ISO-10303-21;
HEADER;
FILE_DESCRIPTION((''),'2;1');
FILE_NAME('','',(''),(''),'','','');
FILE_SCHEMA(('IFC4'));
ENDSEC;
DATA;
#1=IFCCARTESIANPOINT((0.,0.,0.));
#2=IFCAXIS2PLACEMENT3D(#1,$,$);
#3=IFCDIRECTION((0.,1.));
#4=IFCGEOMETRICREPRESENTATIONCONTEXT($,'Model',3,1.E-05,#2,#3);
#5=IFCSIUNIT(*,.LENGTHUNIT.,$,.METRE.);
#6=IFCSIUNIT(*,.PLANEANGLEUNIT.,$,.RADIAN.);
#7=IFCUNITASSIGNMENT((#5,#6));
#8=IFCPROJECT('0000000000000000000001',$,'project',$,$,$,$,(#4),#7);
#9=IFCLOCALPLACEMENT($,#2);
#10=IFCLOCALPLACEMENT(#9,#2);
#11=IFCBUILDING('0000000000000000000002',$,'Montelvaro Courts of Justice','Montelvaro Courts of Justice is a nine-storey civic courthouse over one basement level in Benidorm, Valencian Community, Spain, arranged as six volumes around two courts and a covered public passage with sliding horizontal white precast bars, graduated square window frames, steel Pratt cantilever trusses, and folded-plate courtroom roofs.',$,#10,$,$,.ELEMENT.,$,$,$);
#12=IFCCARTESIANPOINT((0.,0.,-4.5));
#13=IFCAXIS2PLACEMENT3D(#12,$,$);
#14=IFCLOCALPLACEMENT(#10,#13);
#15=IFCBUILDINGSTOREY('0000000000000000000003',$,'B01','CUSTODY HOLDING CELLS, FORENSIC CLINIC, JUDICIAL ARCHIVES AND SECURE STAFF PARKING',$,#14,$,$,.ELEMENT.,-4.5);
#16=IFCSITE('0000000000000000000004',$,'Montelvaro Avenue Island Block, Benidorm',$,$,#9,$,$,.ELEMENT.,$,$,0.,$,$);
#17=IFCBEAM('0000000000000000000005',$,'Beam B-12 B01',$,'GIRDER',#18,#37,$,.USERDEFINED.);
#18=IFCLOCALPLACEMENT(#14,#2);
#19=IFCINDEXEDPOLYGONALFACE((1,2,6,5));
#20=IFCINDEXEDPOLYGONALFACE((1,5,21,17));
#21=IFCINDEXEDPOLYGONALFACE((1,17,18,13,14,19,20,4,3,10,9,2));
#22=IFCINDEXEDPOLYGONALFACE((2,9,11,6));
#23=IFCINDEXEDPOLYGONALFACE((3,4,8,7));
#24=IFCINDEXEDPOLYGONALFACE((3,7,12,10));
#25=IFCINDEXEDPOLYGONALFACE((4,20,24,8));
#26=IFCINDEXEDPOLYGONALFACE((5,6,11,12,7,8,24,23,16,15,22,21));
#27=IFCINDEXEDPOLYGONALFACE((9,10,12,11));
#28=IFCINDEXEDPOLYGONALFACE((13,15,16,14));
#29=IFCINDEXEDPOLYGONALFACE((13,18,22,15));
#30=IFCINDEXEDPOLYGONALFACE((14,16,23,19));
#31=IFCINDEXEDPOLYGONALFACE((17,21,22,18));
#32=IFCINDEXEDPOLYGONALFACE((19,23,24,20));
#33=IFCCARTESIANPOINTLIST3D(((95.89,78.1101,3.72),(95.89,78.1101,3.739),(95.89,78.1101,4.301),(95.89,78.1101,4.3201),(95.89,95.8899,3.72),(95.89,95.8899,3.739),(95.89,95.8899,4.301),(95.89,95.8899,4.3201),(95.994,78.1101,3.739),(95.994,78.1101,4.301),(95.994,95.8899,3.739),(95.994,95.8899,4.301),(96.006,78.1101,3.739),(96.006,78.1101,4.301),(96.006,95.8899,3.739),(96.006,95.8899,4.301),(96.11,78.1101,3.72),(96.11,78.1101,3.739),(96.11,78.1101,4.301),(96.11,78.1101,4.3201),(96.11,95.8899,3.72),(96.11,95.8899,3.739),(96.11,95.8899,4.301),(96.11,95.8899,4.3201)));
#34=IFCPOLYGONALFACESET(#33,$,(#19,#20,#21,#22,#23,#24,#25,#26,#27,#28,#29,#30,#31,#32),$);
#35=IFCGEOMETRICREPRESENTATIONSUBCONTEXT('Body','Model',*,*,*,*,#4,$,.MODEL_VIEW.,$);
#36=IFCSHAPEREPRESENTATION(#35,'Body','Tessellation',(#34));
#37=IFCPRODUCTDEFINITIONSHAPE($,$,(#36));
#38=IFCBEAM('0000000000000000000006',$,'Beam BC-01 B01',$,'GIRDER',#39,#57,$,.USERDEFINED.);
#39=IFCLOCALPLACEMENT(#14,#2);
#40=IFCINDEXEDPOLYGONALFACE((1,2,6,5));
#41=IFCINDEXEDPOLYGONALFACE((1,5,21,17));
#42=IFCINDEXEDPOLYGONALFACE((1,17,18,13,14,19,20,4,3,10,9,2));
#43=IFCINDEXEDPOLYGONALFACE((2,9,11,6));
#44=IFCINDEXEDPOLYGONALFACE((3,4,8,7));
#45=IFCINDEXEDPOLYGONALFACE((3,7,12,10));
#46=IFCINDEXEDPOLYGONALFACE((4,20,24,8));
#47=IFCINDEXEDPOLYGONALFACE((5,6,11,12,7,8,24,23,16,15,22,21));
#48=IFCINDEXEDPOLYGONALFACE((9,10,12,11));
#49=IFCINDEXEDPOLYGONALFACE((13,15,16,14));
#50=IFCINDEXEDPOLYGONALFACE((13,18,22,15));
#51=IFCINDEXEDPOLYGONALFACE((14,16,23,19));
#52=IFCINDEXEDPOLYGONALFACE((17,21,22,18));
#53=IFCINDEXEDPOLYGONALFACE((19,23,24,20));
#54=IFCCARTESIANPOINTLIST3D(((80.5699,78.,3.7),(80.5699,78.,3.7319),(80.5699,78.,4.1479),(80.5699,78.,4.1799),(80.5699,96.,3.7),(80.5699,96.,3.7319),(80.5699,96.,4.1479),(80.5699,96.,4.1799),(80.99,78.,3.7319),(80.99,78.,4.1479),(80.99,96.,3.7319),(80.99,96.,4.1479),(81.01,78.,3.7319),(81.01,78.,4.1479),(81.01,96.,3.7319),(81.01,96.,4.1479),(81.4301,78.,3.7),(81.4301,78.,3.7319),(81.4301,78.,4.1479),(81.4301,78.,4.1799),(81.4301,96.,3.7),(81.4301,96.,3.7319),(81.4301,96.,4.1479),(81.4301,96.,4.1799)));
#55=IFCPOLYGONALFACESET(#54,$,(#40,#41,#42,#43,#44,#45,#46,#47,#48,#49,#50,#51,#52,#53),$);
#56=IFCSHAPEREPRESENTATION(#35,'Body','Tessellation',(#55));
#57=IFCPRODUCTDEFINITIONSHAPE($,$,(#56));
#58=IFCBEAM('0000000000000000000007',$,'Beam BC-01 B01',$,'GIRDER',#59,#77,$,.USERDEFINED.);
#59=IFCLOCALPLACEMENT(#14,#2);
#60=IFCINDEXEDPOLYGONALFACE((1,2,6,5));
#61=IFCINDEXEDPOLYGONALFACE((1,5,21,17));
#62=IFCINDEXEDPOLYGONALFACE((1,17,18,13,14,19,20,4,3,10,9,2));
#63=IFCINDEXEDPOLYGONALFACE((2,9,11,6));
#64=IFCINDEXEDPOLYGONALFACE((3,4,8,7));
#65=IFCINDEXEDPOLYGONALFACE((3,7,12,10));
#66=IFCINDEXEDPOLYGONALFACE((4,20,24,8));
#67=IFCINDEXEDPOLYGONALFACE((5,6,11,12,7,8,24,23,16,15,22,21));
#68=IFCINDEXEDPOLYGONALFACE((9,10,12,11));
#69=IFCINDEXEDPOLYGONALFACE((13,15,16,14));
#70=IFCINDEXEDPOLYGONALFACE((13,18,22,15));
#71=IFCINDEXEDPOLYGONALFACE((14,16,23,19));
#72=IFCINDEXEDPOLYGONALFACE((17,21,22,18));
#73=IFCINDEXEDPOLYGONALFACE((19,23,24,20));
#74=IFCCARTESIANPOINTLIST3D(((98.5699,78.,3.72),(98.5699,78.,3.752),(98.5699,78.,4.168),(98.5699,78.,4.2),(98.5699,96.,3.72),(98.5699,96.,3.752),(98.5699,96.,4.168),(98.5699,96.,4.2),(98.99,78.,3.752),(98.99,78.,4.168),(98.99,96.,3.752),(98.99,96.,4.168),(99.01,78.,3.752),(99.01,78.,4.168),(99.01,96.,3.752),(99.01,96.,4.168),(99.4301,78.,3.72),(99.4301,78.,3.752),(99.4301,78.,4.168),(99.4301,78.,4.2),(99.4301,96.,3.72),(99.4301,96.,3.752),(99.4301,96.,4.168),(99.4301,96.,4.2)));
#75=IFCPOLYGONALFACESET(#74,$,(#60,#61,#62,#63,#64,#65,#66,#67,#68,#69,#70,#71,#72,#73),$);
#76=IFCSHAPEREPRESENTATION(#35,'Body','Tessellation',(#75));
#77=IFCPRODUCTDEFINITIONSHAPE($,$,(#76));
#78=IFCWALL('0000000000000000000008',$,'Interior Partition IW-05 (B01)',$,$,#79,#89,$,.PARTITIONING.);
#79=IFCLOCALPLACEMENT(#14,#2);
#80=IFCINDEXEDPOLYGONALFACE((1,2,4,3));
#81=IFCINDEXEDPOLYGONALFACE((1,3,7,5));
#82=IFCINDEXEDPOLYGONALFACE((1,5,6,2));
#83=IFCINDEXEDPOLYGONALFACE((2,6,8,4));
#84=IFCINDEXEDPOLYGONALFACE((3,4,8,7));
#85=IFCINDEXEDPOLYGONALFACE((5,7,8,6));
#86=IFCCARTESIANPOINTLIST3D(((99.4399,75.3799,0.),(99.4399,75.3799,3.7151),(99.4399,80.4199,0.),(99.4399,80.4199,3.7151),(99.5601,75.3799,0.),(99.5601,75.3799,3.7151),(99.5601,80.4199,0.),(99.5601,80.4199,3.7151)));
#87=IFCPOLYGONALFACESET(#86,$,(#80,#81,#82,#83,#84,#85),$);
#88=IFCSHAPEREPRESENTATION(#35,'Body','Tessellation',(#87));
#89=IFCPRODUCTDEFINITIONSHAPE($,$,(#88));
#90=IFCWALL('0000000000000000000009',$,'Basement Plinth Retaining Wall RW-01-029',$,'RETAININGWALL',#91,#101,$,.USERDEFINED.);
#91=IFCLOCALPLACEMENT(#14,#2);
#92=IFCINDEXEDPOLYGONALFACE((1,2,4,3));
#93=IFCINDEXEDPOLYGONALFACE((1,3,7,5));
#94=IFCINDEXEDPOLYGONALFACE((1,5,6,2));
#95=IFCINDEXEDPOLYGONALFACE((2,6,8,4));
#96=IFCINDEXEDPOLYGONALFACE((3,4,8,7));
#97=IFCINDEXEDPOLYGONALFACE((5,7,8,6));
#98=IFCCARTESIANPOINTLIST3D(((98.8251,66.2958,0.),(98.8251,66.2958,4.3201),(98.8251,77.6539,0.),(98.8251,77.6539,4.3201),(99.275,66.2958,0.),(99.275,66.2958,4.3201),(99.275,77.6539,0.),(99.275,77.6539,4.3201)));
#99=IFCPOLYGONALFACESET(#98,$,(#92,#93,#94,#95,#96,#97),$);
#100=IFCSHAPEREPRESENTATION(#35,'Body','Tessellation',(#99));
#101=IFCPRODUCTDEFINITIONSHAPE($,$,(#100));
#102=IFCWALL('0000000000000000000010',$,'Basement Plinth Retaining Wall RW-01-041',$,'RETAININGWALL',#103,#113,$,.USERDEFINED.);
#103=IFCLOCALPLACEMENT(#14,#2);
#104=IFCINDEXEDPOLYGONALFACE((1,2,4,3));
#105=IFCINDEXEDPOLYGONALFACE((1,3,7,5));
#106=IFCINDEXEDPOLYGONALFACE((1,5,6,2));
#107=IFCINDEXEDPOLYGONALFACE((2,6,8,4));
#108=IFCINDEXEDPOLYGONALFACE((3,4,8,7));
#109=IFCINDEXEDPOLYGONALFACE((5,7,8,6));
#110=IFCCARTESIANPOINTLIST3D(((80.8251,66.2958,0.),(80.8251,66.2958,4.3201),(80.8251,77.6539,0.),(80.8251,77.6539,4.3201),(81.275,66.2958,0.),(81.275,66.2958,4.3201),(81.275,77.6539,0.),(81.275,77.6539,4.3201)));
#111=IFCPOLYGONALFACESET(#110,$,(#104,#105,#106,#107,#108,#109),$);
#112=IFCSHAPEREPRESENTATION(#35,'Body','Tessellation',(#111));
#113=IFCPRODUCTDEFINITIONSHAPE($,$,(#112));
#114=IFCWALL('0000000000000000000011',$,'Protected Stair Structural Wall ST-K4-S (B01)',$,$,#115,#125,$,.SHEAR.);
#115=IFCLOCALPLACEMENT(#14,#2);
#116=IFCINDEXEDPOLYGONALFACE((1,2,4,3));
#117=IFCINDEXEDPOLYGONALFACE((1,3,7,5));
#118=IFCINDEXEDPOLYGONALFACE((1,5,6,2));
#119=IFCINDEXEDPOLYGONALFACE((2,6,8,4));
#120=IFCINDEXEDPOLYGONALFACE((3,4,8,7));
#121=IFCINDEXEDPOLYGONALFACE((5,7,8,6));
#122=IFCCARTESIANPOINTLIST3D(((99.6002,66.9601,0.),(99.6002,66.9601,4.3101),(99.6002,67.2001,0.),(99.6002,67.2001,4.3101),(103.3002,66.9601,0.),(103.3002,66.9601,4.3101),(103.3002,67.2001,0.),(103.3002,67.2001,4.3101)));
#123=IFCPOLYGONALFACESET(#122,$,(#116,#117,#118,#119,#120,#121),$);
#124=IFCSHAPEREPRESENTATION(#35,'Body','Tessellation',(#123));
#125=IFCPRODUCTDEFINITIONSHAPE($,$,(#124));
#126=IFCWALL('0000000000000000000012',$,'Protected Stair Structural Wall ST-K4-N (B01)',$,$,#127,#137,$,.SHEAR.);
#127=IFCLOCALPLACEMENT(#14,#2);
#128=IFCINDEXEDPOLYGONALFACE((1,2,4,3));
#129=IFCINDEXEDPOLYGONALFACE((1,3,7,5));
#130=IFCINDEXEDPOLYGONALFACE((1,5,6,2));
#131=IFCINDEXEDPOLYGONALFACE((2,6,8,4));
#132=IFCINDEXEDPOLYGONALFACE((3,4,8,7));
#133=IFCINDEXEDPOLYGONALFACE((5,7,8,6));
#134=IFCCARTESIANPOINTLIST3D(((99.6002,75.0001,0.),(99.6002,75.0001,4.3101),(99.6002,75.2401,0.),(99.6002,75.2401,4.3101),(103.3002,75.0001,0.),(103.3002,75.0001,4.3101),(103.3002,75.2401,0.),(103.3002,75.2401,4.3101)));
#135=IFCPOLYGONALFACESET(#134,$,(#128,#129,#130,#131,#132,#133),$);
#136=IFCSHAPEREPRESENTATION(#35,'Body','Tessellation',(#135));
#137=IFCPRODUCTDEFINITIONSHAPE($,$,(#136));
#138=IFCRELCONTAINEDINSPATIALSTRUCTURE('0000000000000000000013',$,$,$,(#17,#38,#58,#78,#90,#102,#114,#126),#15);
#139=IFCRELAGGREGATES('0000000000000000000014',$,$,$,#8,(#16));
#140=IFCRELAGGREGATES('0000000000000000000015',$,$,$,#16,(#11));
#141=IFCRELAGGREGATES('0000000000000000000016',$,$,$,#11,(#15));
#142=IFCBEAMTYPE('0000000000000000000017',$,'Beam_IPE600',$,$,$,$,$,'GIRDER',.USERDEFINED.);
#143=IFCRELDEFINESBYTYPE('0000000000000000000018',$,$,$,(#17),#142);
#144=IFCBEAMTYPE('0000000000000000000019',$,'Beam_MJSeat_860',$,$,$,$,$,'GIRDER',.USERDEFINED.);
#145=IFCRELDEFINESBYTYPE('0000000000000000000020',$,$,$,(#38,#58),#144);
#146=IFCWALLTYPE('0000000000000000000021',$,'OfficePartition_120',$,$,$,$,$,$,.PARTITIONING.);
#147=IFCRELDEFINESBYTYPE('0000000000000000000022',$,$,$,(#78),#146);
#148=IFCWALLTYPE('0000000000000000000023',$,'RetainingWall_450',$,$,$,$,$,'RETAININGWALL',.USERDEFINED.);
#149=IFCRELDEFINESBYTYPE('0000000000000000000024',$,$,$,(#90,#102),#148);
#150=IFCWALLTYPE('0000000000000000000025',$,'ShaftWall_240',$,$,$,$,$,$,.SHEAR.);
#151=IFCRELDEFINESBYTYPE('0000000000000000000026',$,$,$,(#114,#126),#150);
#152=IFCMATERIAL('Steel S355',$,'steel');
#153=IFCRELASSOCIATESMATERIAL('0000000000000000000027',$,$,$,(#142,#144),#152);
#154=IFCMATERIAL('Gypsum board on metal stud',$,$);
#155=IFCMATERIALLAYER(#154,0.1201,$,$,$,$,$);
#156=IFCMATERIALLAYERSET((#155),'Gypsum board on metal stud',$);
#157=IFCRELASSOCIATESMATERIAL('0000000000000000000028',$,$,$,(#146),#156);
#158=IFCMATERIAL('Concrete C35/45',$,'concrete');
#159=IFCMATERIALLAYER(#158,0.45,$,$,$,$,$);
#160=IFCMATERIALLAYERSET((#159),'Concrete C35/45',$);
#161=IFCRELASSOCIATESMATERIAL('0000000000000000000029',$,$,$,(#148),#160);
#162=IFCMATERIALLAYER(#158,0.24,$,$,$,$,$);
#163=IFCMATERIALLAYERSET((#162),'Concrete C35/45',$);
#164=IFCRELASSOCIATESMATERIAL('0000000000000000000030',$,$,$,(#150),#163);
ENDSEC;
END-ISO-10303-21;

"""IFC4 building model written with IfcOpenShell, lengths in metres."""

from ifc_helpers import new_model, si_unit, direction, frame, frame_2d, origin, origin_2d, place, context, subcontext, project, spatial, rectangle, i_section, extrude, material, layer, layer_set, material_profile, profile_set, type_object, element, save


model = new_model("IFC4")

# Units and contexts
model_context = context("Model", 3, precision=1e-05, world=origin(), true_north=direction((0.0, 1.0)))
body_context = subcontext(model_context, "Body", "Model", "MODEL_VIEW")
ifc_project = project(units=[si_unit("LENGTHUNIT", "METRE"), si_unit("PLANEANGLEUNIT", "RADIAN")], contexts=[model_context])

# Site, building, storey
site_placement = place(None, origin())
site = spatial("IfcSite", under=ifc_project, at=site_placement, Name="Montelvaro Avenue Island Block, Benidorm", CompositionType="ELEMENT", RefElevation=0.0)
building_placement = place(site_placement, origin())
building = spatial("IfcBuilding", under=site, at=building_placement, Name="Montelvaro Courts of Justice", Description="Montelvaro Courts of Justice is a nine-storey civic courthouse over one basement level in Benidorm, Valencian Community, Spain, arranged as six volumes around two courts and a covered public passage with sliding horizontal white precast bars, graduated square window frames, steel Pratt cantilever trusses, and folded-plate courtroom roofs.", CompositionType="ELEMENT")
storey_placement = place(building_placement, frame((0.0, 0.0, -4.5)))
storey = spatial("IfcBuildingStorey", under=building, at=storey_placement, Name="B01", Description="CUSTODY HOLDING CELLS, FORENSIC CLINIC, JUDICIAL ARCHIVES AND SECURE STAFF PARKING", CompositionType="ELEMENT", Elevation=-4.5)

# Shared definitions
ifc_material_1 = material(Name="Concrete C35/45", Category="concrete")

# Beams
ifc_material_2 = material(Name="Steel S355", Category="steel")
ifc_material_profile_1 = material_profile(ifc_material_2, i_section(OverallWidth=0.22, OverallDepth=0.6001, WebThickness=0.012, FlangeThickness=0.019, at=origin_2d()), Name="IPE 600")
ifc_profile_set_1 = profile_set([ifc_material_profile_1], Name="Steel S355")
beam_type_1 = type_object("IfcBeamType", Name="Beam_IPE600", ElementType="GIRDER", PredefinedType="USERDEFINED", material=ifc_profile_set_1)
beam_1_placement = place(storey_placement, frame((96.0, 78.1101, 4.02), z_axis=(0.0, 1.0, 0.0), x_axis=(-1.0, 0.0, 0.0)))
element("IfcBeam", 1, at=beam_1_placement, inside=storey, type_object=beam_type_1, Name="Beam B-12 B01", ObjectType="GIRDER", PredefinedType="USERDEFINED", context=body_context, shape_type="SweptSolid", body=[
    extrude(i_section(OverallWidth=0.22, OverallDepth=0.6001, WebThickness=0.012, FlangeThickness=0.019, at=origin_2d()), origin(), (0.0, 0.0, 1.0), 17.7798),
])
ifc_material_profile_2 = material_profile(ifc_material_2, i_section(OverallWidth=0.8601, OverallDepth=0.48, WebThickness=0.02, FlangeThickness=0.032, at=origin_2d()), Name="HL 480x860")
ifc_profile_set_2 = profile_set([ifc_material_profile_2], Name="Steel S355")
beam_type_2 = type_object("IfcBeamType", Name="Beam_MJSeat_860", ElementType="GIRDER", PredefinedType="USERDEFINED", material=ifc_profile_set_2)
for number, where, z_axis, x_axis, name in (
    (2, (81.0, 78.0, 3.9399), (0.0, 1.0, 0.0), (-1.0, 0.0, 0.0), "Beam BC-01 B01"),
    (3, (99.0, 78.0, 3.96), (0.0, 1.0, 0.0), (-1.0, 0.0, 0.0), "Beam BC-01 B01"),
):
    element("IfcBeam", number, at=place(storey_placement, frame(where, z_axis=z_axis, x_axis=x_axis)), inside=storey, type_object=beam_type_2, Name=name, ObjectType="GIRDER", PredefinedType="USERDEFINED", context=body_context, shape_type="SweptSolid", body=[
        extrude(i_section(OverallWidth=0.8601, OverallDepth=0.48, WebThickness=0.02, FlangeThickness=0.032, at=origin_2d()), origin(), (0.0, 0.0, 1.0), 18.0),
    ])

# Walls
ifc_material_3 = material(Name="Gypsum board on metal stud")
ifc_layer_1 = layer(ifc_material_3, 0.1201)
ifc_layer_set_1 = layer_set([ifc_layer_1], Name="Gypsum board on metal stud")
wall_type_1 = type_object("IfcWallType", Name="OfficePartition_120", PredefinedType="PARTITIONING", material=ifc_layer_set_1)
wall_placement = place(storey_placement, frame((99.5, 75.3799, 0.0), z_axis=(0.0, 0.0, 1.0), x_axis=(0.0, 1.0, 0.0)))
element("IfcWall", 4, at=wall_placement, inside=storey, type_object=wall_type_1, Name="Interior Partition IW-05 (B01)", PredefinedType="PARTITIONING", context=body_context, shape_type="SweptSolid", body=[
    extrude(rectangle(XDim=5.04, YDim=0.1201, at=frame_2d((2.52, 0.0))), origin(), (0.0, 0.0, 1.0), 3.7151),
])
ifc_layer_2 = layer(ifc_material_1, 0.45)
ifc_layer_set_2 = layer_set([ifc_layer_2], Name="Concrete C35/45")
wall_type_2 = type_object("IfcWallType", Name="RetainingWall_450", ElementType="RETAININGWALL", PredefinedType="USERDEFINED", material=ifc_layer_set_2)
for number, where, z_axis, x_axis, name in (
    (5, (99.05, 77.6541, 0.0), (0.0, 0.0, 1.0), (0.0, -1.0, 0.0), "Basement Plinth Retaining Wall RW-01-029"),
    (6, (81.05, 77.6541, 0.0), (0.0, 0.0, 1.0), (0.0, -1.0, 0.0), "Basement Plinth Retaining Wall RW-01-041"),
):
    element("IfcWall", number, at=place(storey_placement, frame(where, z_axis=z_axis, x_axis=x_axis)), inside=storey, type_object=wall_type_2, Name=name, ObjectType="RETAININGWALL", PredefinedType="USERDEFINED", context=body_context, shape_type="SweptSolid", body=[
        extrude(rectangle(XDim=11.3582, YDim=0.45, at=frame_2d((5.6792, 0.0))), origin(), (0.0, 0.0, 1.0), 4.3201),
    ])
ifc_layer_3 = layer(ifc_material_1, 0.24)
ifc_layer_set_3 = layer_set([ifc_layer_3], Name="Concrete C35/45")
wall_type_3 = type_object("IfcWallType", Name="ShaftWall_240", PredefinedType="SHEAR", material=ifc_layer_set_3)
for number, where, z_axis, x_axis, name in (
    (7, (99.6001, 67.0801, 0.0), (0.0, 0.0, 1.0), (1.0, 0.0, 0.0), "Protected Stair Structural Wall ST-K4-S (B01)"),
    (8, (99.6001, 75.1201, 0.0), (0.0, 0.0, 1.0), (1.0, 0.0, 0.0), "Protected Stair Structural Wall ST-K4-N (B01)"),
):
    element("IfcWall", number, at=place(storey_placement, frame(where, z_axis=z_axis, x_axis=x_axis)), inside=storey, type_object=wall_type_3, Name=name, PredefinedType="SHEAR", context=body_context, shape_type="SweptSolid", body=[
        extrude(rectangle(XDim=3.7, YDim=0.24, at=frame_2d((1.8501, 0.0))), origin(), (0.0, 0.0, 1.0), 4.3101),
    ])

save(model, "model.ifc")
